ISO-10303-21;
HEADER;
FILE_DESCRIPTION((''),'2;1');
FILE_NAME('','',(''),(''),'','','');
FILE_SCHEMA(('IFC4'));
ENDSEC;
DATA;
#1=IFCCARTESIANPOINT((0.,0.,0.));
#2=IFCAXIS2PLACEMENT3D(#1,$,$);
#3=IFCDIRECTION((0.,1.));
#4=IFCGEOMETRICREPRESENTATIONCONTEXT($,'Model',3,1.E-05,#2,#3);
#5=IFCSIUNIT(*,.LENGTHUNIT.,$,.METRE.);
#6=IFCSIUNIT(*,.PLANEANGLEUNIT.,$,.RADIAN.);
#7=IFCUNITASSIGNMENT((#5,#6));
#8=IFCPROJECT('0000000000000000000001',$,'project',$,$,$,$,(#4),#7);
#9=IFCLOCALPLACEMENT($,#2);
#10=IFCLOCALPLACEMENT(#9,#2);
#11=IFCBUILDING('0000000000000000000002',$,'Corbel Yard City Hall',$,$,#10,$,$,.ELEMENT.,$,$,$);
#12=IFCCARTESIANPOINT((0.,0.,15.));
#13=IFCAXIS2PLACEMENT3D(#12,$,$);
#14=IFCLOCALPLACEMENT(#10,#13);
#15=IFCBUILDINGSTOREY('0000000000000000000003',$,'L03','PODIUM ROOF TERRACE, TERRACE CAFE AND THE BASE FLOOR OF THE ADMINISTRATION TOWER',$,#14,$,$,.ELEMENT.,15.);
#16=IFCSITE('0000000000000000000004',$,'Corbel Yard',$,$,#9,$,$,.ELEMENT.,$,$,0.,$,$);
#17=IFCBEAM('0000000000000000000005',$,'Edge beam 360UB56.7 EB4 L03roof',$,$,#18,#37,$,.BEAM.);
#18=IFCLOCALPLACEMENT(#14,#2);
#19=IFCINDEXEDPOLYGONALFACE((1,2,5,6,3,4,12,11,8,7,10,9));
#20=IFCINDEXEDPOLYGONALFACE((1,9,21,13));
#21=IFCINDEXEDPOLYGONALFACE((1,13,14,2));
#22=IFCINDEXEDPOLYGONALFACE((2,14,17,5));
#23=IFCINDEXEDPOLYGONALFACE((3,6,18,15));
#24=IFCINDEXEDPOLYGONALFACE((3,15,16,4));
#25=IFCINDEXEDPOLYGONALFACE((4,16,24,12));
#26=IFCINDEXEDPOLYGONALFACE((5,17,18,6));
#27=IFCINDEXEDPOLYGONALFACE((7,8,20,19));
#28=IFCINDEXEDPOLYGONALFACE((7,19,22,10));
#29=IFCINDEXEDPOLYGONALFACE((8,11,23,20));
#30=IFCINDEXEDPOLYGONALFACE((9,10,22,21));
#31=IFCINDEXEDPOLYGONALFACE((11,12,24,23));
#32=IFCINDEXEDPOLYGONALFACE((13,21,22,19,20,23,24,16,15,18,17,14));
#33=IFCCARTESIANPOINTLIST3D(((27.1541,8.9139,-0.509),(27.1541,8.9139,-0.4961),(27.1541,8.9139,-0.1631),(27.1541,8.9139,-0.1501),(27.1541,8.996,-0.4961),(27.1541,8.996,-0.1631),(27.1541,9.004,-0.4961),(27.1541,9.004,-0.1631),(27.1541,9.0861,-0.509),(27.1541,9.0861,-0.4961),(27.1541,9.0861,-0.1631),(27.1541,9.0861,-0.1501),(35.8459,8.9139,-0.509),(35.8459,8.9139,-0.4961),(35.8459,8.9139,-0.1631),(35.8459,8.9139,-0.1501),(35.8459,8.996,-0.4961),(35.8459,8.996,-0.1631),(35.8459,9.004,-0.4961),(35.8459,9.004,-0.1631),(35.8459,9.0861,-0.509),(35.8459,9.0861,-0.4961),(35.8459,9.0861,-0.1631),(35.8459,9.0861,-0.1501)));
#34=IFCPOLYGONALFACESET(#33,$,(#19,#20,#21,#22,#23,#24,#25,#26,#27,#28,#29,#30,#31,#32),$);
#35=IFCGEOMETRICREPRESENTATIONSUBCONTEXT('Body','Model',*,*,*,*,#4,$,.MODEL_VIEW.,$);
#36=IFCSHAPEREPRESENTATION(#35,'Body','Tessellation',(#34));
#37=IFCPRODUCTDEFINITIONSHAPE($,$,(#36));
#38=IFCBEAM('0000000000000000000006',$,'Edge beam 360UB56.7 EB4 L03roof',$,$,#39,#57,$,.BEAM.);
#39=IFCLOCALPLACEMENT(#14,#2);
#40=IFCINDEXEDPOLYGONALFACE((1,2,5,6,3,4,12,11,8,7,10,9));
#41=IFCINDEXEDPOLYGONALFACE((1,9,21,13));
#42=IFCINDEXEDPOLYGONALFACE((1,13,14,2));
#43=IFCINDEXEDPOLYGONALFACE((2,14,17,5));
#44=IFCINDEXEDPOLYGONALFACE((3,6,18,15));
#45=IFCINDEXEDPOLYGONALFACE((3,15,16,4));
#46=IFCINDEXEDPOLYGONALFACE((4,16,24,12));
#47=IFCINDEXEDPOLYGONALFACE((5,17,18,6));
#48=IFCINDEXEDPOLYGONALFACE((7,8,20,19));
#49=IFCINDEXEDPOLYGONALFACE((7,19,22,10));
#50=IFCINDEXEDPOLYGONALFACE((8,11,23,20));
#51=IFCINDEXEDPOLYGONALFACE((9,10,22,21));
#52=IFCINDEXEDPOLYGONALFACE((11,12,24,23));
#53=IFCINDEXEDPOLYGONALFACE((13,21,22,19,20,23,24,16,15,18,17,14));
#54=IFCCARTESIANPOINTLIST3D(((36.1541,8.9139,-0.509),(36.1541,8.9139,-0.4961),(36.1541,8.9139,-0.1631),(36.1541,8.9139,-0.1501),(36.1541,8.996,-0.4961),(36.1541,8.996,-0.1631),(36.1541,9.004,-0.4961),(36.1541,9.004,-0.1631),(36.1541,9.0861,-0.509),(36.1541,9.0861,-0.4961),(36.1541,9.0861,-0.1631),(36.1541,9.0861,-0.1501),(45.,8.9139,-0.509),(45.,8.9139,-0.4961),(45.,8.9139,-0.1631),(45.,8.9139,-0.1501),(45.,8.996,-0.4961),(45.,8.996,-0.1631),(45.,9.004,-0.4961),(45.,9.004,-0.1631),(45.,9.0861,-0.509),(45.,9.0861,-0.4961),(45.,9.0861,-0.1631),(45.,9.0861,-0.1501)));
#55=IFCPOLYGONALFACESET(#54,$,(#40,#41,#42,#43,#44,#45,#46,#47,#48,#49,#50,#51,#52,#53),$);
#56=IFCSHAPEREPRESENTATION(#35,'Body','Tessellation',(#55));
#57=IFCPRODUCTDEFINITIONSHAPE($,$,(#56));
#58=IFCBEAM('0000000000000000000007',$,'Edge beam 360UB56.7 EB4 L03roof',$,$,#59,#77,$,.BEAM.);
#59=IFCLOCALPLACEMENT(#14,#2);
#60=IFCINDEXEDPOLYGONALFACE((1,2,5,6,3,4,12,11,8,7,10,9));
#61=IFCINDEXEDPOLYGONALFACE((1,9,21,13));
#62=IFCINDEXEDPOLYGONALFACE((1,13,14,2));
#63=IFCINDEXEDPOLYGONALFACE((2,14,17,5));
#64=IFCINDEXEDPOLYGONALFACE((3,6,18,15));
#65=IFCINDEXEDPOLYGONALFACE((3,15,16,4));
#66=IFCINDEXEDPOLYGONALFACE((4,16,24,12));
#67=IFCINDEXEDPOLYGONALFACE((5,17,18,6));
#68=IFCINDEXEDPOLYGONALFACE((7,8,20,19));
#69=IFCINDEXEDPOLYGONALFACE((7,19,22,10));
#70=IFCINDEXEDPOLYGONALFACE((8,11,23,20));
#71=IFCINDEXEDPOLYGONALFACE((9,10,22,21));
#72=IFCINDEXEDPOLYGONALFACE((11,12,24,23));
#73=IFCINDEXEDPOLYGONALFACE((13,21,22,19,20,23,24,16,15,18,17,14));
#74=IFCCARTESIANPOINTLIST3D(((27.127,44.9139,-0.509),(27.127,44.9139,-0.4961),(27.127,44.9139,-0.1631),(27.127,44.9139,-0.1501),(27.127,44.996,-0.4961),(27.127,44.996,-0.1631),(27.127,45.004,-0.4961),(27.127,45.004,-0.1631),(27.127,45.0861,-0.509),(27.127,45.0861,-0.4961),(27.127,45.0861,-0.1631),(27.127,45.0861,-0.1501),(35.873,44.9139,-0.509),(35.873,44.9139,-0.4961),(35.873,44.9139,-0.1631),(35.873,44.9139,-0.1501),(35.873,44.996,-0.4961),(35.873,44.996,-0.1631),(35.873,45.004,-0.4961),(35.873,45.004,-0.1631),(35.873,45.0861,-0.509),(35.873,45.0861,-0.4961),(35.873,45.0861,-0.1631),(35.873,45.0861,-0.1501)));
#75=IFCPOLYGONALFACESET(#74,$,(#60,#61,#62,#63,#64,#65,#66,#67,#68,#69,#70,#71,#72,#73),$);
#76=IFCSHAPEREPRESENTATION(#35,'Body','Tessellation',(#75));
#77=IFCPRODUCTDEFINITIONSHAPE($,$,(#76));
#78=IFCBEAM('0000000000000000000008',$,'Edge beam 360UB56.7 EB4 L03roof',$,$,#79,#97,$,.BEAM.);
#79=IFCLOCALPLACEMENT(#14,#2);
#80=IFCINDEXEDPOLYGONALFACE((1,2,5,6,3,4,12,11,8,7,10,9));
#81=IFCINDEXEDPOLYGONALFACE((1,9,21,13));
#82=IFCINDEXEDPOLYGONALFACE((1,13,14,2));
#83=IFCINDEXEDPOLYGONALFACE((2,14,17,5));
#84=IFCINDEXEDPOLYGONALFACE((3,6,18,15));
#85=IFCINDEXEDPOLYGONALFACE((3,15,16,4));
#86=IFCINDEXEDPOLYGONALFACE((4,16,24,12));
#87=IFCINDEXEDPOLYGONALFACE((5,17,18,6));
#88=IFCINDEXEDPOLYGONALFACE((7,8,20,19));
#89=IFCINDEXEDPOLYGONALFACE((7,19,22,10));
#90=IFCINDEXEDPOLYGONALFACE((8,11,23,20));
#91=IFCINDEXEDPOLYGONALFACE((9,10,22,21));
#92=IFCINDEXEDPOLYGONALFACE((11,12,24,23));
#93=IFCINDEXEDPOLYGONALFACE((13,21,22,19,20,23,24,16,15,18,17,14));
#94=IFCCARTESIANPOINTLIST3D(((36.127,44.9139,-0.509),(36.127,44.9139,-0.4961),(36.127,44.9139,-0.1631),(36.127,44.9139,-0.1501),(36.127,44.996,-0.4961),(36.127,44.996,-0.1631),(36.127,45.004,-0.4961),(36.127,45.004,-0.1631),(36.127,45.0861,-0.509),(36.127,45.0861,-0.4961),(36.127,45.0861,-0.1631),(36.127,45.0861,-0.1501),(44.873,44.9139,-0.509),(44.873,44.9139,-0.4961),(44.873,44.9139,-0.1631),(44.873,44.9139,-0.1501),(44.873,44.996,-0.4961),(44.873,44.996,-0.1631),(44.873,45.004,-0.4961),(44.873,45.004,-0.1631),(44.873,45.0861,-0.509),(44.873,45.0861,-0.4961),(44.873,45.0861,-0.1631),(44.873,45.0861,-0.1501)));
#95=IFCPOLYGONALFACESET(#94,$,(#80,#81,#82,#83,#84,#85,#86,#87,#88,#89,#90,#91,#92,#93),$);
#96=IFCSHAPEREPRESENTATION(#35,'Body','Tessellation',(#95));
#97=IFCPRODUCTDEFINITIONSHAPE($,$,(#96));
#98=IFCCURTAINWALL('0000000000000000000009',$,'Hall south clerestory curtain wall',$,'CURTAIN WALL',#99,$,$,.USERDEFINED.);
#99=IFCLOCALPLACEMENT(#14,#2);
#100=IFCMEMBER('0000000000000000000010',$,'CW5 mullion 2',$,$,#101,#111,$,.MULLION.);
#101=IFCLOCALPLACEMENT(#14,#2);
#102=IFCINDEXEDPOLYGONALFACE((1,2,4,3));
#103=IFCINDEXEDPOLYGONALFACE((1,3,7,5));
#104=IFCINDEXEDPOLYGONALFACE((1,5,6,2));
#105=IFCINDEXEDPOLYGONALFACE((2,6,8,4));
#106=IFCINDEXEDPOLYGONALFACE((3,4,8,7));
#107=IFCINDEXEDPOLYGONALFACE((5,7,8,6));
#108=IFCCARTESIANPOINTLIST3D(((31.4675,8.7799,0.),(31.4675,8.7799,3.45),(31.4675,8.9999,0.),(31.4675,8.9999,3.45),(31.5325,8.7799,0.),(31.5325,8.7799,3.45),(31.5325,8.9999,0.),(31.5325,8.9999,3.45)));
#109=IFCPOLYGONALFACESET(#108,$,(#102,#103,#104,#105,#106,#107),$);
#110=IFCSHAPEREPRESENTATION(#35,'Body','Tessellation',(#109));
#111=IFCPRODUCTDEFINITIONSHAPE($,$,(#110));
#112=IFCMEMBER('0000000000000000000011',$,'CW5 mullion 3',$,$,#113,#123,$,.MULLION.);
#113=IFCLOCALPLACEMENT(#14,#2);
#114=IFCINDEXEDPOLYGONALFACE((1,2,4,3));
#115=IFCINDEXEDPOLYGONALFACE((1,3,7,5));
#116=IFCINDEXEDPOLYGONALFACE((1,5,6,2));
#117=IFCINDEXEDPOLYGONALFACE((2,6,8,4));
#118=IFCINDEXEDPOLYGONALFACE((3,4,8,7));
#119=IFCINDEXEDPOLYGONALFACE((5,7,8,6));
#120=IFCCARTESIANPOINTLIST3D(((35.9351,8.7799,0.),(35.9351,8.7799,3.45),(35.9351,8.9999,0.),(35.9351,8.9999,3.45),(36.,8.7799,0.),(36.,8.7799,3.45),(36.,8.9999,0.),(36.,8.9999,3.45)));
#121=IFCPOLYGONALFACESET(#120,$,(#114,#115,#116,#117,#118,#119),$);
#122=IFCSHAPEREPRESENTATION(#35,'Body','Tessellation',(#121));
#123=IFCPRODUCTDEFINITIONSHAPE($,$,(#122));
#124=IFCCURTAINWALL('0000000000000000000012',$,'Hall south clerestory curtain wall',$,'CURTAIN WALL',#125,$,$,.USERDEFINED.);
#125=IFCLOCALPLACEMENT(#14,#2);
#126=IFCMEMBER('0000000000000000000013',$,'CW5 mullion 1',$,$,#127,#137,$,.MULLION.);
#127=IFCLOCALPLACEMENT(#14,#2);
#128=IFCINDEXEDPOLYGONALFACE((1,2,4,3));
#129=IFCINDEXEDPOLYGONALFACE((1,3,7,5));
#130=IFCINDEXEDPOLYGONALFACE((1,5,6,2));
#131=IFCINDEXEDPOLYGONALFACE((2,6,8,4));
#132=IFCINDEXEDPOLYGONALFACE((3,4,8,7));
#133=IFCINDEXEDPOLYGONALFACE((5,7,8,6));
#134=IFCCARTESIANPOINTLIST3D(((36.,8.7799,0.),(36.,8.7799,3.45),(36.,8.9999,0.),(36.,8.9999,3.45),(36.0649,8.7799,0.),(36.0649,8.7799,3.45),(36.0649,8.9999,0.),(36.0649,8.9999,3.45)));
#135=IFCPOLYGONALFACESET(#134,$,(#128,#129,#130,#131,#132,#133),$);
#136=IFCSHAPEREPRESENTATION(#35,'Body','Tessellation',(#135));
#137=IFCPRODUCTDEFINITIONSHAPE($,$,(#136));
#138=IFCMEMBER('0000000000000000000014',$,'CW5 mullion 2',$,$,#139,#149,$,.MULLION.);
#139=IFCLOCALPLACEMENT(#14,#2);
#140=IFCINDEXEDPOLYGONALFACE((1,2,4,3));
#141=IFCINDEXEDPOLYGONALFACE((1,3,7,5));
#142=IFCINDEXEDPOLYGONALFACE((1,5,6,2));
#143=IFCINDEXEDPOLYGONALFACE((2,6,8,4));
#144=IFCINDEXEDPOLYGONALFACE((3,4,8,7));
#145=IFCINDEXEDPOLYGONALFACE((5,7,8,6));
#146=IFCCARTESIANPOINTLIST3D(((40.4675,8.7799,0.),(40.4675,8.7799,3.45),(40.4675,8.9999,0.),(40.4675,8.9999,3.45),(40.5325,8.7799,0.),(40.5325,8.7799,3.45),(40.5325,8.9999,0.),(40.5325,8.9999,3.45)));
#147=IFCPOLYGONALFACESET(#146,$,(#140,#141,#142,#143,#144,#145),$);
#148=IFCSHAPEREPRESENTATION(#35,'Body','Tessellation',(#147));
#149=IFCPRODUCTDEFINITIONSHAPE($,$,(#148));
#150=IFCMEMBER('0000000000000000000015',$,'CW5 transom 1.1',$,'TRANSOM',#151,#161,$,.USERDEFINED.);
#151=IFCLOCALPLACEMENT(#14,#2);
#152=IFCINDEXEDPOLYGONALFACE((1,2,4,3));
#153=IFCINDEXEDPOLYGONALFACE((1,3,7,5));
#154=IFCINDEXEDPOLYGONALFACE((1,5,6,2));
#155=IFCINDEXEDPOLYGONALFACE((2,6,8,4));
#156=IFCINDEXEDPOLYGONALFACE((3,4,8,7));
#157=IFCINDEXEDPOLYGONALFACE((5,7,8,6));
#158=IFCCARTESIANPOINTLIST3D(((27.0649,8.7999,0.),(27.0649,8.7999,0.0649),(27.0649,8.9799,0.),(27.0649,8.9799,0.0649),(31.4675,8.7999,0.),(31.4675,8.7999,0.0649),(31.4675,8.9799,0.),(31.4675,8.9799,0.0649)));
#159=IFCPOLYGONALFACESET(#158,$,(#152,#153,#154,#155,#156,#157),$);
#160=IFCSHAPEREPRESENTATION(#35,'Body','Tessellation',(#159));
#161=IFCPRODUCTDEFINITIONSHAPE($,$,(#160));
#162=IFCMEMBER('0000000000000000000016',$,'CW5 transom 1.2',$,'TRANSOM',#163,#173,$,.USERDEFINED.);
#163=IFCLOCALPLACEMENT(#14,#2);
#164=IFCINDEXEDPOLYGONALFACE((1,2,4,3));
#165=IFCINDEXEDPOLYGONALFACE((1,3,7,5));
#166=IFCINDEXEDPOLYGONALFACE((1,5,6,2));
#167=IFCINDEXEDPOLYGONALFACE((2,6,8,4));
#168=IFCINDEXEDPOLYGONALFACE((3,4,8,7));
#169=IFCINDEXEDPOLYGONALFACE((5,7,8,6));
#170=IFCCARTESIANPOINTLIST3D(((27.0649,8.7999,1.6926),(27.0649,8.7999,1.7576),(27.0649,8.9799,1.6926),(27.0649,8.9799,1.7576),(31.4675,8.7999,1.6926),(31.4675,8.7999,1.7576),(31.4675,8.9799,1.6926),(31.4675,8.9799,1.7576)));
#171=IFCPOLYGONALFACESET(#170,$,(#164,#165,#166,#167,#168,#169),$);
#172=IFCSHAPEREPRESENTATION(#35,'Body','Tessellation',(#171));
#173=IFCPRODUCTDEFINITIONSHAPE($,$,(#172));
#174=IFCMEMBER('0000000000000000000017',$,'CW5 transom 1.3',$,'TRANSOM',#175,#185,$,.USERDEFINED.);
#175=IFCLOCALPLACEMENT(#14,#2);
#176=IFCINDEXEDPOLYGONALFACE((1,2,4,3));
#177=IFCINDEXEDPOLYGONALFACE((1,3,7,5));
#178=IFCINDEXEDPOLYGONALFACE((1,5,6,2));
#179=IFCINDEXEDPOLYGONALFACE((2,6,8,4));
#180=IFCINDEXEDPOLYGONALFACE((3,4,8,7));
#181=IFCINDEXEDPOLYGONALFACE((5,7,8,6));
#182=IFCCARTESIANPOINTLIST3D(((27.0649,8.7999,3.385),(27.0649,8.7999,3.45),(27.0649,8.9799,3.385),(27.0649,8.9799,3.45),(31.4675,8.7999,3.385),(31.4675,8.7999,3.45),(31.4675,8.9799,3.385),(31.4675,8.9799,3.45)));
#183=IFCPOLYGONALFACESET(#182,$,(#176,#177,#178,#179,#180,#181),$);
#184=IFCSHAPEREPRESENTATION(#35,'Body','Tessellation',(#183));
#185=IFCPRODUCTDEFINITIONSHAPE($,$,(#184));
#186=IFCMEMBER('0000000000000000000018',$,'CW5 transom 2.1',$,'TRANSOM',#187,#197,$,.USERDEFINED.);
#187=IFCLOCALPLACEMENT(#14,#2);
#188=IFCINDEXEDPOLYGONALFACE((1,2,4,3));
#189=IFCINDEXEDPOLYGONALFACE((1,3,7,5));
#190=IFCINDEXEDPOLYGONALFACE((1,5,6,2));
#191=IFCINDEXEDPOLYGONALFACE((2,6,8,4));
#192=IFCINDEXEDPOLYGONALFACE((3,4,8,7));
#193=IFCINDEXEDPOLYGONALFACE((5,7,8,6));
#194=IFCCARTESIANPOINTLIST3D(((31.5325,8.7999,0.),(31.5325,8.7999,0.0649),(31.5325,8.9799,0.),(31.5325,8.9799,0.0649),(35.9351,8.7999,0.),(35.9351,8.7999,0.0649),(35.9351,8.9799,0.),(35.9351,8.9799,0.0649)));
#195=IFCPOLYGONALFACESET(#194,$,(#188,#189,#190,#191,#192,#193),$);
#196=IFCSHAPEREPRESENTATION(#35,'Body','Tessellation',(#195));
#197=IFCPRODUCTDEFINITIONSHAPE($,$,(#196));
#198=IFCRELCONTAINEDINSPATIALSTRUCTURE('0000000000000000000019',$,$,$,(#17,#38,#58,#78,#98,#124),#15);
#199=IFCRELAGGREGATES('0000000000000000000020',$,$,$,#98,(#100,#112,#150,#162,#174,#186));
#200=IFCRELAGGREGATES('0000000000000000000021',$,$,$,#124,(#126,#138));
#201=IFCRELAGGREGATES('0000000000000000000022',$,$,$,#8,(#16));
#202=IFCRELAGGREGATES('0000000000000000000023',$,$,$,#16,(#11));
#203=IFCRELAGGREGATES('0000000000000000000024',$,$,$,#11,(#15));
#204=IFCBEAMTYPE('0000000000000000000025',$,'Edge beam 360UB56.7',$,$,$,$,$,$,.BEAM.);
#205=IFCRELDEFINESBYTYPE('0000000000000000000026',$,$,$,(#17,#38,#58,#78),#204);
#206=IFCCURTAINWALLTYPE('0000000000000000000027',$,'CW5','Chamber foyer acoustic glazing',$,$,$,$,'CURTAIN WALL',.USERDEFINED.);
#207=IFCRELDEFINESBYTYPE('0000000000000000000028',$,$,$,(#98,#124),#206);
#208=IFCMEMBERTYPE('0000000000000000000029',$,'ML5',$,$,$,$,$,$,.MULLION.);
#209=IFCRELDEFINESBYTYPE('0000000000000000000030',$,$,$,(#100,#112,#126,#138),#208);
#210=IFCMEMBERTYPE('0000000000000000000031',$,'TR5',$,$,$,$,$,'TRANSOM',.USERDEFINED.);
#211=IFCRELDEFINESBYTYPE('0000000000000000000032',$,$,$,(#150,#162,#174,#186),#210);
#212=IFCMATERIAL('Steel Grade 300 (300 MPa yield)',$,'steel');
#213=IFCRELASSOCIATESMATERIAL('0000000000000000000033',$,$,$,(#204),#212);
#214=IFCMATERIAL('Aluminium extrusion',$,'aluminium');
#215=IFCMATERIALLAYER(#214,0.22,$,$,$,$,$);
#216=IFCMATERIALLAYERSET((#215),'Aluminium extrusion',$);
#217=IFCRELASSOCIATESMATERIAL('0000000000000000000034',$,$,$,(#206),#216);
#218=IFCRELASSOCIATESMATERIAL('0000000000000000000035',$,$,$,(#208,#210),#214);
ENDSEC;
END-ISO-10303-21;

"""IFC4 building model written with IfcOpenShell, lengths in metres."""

from ifc_helpers import new_model, si_unit, direction, frame, origin, origin_2d, place, context, subcontext, project, spatial, rectangle, i_section, extrude, material, layer, layer_set, material_profile, profile_set, type_object, element, aggregate, save


model = new_model("IFC4")

# Units and contexts
model_context = context("Model", 3, precision=1e-05, world=origin(), true_north=direction((0.0, 1.0)))
body_context = subcontext(model_context, "Body", "Model", "MODEL_VIEW")
ifc_project = project(units=[si_unit("LENGTHUNIT", "METRE"), si_unit("PLANEANGLEUNIT", "RADIAN")], contexts=[model_context])

# Site, building, storey
site_placement = place(None, origin())
site = spatial("IfcSite", under=ifc_project, at=site_placement, Name="Corbel Yard", CompositionType="ELEMENT", RefElevation=0.0)
building_placement = place(site_placement, origin())
building = spatial("IfcBuilding", under=site, at=building_placement, Name="Corbel Yard City Hall", CompositionType="ELEMENT")
storey_placement = place(building_placement, frame((0.0, 0.0, 15.0)))
storey = spatial("IfcBuildingStorey", under=building, at=storey_placement, Name="L03", Description="PODIUM ROOF TERRACE, TERRACE CAFE AND THE BASE FLOOR OF THE ADMINISTRATION TOWER", CompositionType="ELEMENT", Elevation=15.0)

# Beams
ifc_material_1 = material(Name="Steel Grade 300 (300 MPa yield)", Category="steel")
ifc_material_profile_1 = material_profile(ifc_material_1, i_section(OverallWidth=0.1721, OverallDepth=0.3589, WebThickness=0.0081, FlangeThickness=0.0129, at=origin_2d()), Name="360UB56.7")
ifc_profile_set_1 = profile_set([ifc_material_profile_1], Name="Steel Grade 300 (300 MPa yield)")
beam_type = type_object("IfcBeamType", Name="Edge beam 360UB56.7", PredefinedType="BEAM", material=ifc_profile_set_1)
beam_1_placement = place(storey_placement, frame((27.1541, 9.0, -0.3296), z_axis=(1.0, 0.0, 0.0), x_axis=(0.0, 1.0, 0.0)))
element("IfcBeam", 1, at=beam_1_placement, inside=storey, type_object=beam_type, Name="Edge beam 360UB56.7 EB4 L03roof", PredefinedType="BEAM", context=body_context, shape_type="SweptSolid", body=[
    extrude(i_section(OverallWidth=0.1721, OverallDepth=0.3589, WebThickness=0.0081, FlangeThickness=0.0129, at=origin_2d()), origin(), (0.0, 0.0, 1.0), 8.6919),
])
beam_2_placement = place(storey_placement, frame((36.1541, 9.0, -0.3296), z_axis=(1.0, 0.0, 0.0), x_axis=(0.0, 1.0, 0.0)))
element("IfcBeam", 2, at=beam_2_placement, inside=storey, type_object=beam_type, Name="Edge beam 360UB56.7 EB4 L03roof", PredefinedType="BEAM", context=body_context, shape_type="SweptSolid", body=[
    extrude(i_section(OverallWidth=0.1721, OverallDepth=0.3589, WebThickness=0.0081, FlangeThickness=0.0129, at=origin_2d()), origin(), (0.0, 0.0, 1.0), 8.8459),
])
for number, where, z_axis, x_axis, name in (
    (3, (27.127, 45.0, -0.3296), (1.0, 0.0, 0.0), (0.0, 1.0, 0.0), "Edge beam 360UB56.7 EB4 L03roof"),
    (4, (36.127, 45.0, -0.3296), (1.0, 0.0, 0.0), (0.0, 1.0, 0.0), "Edge beam 360UB56.7 EB4 L03roof"),
):
    element("IfcBeam", number, at=place(storey_placement, frame(where, z_axis=z_axis, x_axis=x_axis)), inside=storey, type_object=beam_type, Name=name, PredefinedType="BEAM", context=body_context, shape_type="SweptSolid", body=[
        extrude(i_section(OverallWidth=0.1721, OverallDepth=0.3589, WebThickness=0.0081, FlangeThickness=0.0129, at=origin_2d()), origin(), (0.0, 0.0, 1.0), 8.7461),
    ])

# Curtain walls, members
ifc_material_2 = material(Name="Aluminium extrusion", Category="aluminium")
ifc_layer_1 = layer(ifc_material_2, 0.22)
ifc_layer_set_1 = layer_set([ifc_layer_1], Name="Aluminium extrusion")
curtain_wall_type = type_object("IfcCurtainWallType", Name="CW5", Description="Chamber foyer acoustic glazing", ElementType="CURTAIN WALL", PredefinedType="USERDEFINED", material=ifc_layer_set_1)
curtain_wall_1_placement = place(storey_placement, origin())
curtain_wall_1 = element("IfcCurtainWall", 5, at=curtain_wall_1_placement, inside=storey, type_object=curtain_wall_type, Name="Hall south clerestory curtain wall", ObjectType="CURTAIN WALL", PredefinedType="USERDEFINED")
ifc_material_profile_2 = material_profile(ifc_material_2, rectangle(XDim=0.22, YDim=0.0649, at=origin_2d()), Name="220x65")
ifc_profile_set_2 = profile_set([ifc_material_profile_2], Name="Aluminium extrusion")
member_type_1 = type_object("IfcMemberType", Name="ML5", PredefinedType="MULLION", material=ifc_profile_set_2)
member_1_placement = place(storey_placement, frame((31.5, 8.8899, 0.0), z_axis=(0.0, 0.0, 1.0), x_axis=(0.0, 1.0, 0.0)))
member_1 = element("IfcMember", 6, at=member_1_placement, type_object=member_type_1, Name="CW5 mullion 2", PredefinedType="MULLION", context=body_context, shape_type="SweptSolid", body=[
    extrude(rectangle(XDim=0.22, YDim=0.0649, at=origin_2d()), origin(), (0.0, 0.0, 1.0), 3.45),
])
member_2_placement = place(storey_placement, frame((35.9675, 8.8899, 0.0), z_axis=(0.0, 0.0, 1.0), x_axis=(0.0, 1.0, 0.0)))
member_2 = element("IfcMember", 7, at=member_2_placement, type_object=member_type_1, Name="CW5 mullion 3", PredefinedType="MULLION", context=body_context, shape_type="SweptSolid", body=[
    extrude(rectangle(XDim=0.22, YDim=0.0649, at=origin_2d()), origin(), (0.0, 0.0, 1.0), 3.45),
])
curtain_wall_2_placement = place(storey_placement, origin())
curtain_wall_2 = element("IfcCurtainWall", 8, at=curtain_wall_2_placement, inside=storey, type_object=curtain_wall_type, Name="Hall south clerestory curtain wall", ObjectType="CURTAIN WALL", PredefinedType="USERDEFINED")
member_3_placement = place(storey_placement, frame((36.0325, 8.8899, 0.0), z_axis=(0.0, 0.0, 1.0), x_axis=(0.0, 1.0, 0.0)))
member_3 = element("IfcMember", 9, at=member_3_placement, type_object=member_type_1, Name="CW5 mullion 1", PredefinedType="MULLION", context=body_context, shape_type="SweptSolid", body=[
    extrude(rectangle(XDim=0.22, YDim=0.0649, at=origin_2d()), origin(), (0.0, 0.0, 1.0), 3.45),
])
member_4_placement = place(storey_placement, frame((40.5, 8.8899, 0.0), z_axis=(0.0, 0.0, 1.0), x_axis=(0.0, 1.0, 0.0)))
member_4 = element("IfcMember", 10, at=member_4_placement, type_object=member_type_1, Name="CW5 mullion 2", PredefinedType="MULLION", context=body_context, shape_type="SweptSolid", body=[
    extrude(rectangle(XDim=0.22, YDim=0.0649, at=origin_2d()), origin(), (0.0, 0.0, 1.0), 3.45),
])

# Members
ifc_material_profile_3 = material_profile(ifc_material_2, rectangle(XDim=0.1799, YDim=0.0649, at=origin_2d()), Name="180x65")
ifc_profile_set_3 = profile_set([ifc_material_profile_3], Name="Aluminium extrusion")
member_type_2 = type_object("IfcMemberType", Name="TR5", ElementType="TRANSOM", PredefinedType="USERDEFINED", material=ifc_profile_set_3)
member_5_placement = place(storey_placement, frame((27.0649, 8.8899, 0.0325), z_axis=(1.0, 0.0, 0.0), x_axis=(0.0, 1.0, 0.0)))
member_5 = element("IfcMember", 11, at=member_5_placement, type_object=member_type_2, Name="CW5 transom 1.1", ObjectType="TRANSOM", PredefinedType="USERDEFINED", context=body_context, shape_type="SweptSolid", body=[
    extrude(rectangle(XDim=0.1799, YDim=0.0649, at=origin_2d()), origin(), (0.0, 0.0, 1.0), 4.4026),
])
member_6_placement = place(storey_placement, frame((27.0649, 8.8899, 1.7251), z_axis=(1.0, 0.0, 0.0), x_axis=(0.0, 1.0, 0.0)))
member_6 = element("IfcMember", 12, at=member_6_placement, type_object=member_type_2, Name="CW5 transom 1.2", ObjectType="TRANSOM", PredefinedType="USERDEFINED", context=body_context, shape_type="SweptSolid", body=[
    extrude(rectangle(XDim=0.1799, YDim=0.0649, at=origin_2d()), origin(), (0.0, 0.0, 1.0), 4.4026),
])
member_7_placement = place(storey_placement, frame((27.0649, 8.8899, 3.4175), z_axis=(1.0, 0.0, 0.0), x_axis=(0.0, 1.0, 0.0)))
member_7 = element("IfcMember", 13, at=member_7_placement, type_object=member_type_2, Name="CW5 transom 1.3", ObjectType="TRANSOM", PredefinedType="USERDEFINED", context=body_context, shape_type="SweptSolid", body=[
    extrude(rectangle(XDim=0.1799, YDim=0.0649, at=origin_2d()), origin(), (0.0, 0.0, 1.0), 4.4026),
])
member_8_placement = place(storey_placement, frame((31.5325, 8.8899, 0.0325), z_axis=(1.0, 0.0, 0.0), x_axis=(0.0, 1.0, 0.0)))
member_8 = element("IfcMember", 14, at=member_8_placement, type_object=member_type_2, Name="CW5 transom 2.1", ObjectType="TRANSOM", PredefinedType="USERDEFINED", context=body_context, shape_type="SweptSolid", body=[
    extrude(rectangle(XDim=0.1799, YDim=0.0649, at=origin_2d()), origin(), (0.0, 0.0, 1.0), 4.4026),
])

aggregate(curtain_wall_1, [member_1, member_2, member_5, member_6, member_7, member_8])
aggregate(curtain_wall_2, [member_3, member_4])

save(model, "model.ifc")
